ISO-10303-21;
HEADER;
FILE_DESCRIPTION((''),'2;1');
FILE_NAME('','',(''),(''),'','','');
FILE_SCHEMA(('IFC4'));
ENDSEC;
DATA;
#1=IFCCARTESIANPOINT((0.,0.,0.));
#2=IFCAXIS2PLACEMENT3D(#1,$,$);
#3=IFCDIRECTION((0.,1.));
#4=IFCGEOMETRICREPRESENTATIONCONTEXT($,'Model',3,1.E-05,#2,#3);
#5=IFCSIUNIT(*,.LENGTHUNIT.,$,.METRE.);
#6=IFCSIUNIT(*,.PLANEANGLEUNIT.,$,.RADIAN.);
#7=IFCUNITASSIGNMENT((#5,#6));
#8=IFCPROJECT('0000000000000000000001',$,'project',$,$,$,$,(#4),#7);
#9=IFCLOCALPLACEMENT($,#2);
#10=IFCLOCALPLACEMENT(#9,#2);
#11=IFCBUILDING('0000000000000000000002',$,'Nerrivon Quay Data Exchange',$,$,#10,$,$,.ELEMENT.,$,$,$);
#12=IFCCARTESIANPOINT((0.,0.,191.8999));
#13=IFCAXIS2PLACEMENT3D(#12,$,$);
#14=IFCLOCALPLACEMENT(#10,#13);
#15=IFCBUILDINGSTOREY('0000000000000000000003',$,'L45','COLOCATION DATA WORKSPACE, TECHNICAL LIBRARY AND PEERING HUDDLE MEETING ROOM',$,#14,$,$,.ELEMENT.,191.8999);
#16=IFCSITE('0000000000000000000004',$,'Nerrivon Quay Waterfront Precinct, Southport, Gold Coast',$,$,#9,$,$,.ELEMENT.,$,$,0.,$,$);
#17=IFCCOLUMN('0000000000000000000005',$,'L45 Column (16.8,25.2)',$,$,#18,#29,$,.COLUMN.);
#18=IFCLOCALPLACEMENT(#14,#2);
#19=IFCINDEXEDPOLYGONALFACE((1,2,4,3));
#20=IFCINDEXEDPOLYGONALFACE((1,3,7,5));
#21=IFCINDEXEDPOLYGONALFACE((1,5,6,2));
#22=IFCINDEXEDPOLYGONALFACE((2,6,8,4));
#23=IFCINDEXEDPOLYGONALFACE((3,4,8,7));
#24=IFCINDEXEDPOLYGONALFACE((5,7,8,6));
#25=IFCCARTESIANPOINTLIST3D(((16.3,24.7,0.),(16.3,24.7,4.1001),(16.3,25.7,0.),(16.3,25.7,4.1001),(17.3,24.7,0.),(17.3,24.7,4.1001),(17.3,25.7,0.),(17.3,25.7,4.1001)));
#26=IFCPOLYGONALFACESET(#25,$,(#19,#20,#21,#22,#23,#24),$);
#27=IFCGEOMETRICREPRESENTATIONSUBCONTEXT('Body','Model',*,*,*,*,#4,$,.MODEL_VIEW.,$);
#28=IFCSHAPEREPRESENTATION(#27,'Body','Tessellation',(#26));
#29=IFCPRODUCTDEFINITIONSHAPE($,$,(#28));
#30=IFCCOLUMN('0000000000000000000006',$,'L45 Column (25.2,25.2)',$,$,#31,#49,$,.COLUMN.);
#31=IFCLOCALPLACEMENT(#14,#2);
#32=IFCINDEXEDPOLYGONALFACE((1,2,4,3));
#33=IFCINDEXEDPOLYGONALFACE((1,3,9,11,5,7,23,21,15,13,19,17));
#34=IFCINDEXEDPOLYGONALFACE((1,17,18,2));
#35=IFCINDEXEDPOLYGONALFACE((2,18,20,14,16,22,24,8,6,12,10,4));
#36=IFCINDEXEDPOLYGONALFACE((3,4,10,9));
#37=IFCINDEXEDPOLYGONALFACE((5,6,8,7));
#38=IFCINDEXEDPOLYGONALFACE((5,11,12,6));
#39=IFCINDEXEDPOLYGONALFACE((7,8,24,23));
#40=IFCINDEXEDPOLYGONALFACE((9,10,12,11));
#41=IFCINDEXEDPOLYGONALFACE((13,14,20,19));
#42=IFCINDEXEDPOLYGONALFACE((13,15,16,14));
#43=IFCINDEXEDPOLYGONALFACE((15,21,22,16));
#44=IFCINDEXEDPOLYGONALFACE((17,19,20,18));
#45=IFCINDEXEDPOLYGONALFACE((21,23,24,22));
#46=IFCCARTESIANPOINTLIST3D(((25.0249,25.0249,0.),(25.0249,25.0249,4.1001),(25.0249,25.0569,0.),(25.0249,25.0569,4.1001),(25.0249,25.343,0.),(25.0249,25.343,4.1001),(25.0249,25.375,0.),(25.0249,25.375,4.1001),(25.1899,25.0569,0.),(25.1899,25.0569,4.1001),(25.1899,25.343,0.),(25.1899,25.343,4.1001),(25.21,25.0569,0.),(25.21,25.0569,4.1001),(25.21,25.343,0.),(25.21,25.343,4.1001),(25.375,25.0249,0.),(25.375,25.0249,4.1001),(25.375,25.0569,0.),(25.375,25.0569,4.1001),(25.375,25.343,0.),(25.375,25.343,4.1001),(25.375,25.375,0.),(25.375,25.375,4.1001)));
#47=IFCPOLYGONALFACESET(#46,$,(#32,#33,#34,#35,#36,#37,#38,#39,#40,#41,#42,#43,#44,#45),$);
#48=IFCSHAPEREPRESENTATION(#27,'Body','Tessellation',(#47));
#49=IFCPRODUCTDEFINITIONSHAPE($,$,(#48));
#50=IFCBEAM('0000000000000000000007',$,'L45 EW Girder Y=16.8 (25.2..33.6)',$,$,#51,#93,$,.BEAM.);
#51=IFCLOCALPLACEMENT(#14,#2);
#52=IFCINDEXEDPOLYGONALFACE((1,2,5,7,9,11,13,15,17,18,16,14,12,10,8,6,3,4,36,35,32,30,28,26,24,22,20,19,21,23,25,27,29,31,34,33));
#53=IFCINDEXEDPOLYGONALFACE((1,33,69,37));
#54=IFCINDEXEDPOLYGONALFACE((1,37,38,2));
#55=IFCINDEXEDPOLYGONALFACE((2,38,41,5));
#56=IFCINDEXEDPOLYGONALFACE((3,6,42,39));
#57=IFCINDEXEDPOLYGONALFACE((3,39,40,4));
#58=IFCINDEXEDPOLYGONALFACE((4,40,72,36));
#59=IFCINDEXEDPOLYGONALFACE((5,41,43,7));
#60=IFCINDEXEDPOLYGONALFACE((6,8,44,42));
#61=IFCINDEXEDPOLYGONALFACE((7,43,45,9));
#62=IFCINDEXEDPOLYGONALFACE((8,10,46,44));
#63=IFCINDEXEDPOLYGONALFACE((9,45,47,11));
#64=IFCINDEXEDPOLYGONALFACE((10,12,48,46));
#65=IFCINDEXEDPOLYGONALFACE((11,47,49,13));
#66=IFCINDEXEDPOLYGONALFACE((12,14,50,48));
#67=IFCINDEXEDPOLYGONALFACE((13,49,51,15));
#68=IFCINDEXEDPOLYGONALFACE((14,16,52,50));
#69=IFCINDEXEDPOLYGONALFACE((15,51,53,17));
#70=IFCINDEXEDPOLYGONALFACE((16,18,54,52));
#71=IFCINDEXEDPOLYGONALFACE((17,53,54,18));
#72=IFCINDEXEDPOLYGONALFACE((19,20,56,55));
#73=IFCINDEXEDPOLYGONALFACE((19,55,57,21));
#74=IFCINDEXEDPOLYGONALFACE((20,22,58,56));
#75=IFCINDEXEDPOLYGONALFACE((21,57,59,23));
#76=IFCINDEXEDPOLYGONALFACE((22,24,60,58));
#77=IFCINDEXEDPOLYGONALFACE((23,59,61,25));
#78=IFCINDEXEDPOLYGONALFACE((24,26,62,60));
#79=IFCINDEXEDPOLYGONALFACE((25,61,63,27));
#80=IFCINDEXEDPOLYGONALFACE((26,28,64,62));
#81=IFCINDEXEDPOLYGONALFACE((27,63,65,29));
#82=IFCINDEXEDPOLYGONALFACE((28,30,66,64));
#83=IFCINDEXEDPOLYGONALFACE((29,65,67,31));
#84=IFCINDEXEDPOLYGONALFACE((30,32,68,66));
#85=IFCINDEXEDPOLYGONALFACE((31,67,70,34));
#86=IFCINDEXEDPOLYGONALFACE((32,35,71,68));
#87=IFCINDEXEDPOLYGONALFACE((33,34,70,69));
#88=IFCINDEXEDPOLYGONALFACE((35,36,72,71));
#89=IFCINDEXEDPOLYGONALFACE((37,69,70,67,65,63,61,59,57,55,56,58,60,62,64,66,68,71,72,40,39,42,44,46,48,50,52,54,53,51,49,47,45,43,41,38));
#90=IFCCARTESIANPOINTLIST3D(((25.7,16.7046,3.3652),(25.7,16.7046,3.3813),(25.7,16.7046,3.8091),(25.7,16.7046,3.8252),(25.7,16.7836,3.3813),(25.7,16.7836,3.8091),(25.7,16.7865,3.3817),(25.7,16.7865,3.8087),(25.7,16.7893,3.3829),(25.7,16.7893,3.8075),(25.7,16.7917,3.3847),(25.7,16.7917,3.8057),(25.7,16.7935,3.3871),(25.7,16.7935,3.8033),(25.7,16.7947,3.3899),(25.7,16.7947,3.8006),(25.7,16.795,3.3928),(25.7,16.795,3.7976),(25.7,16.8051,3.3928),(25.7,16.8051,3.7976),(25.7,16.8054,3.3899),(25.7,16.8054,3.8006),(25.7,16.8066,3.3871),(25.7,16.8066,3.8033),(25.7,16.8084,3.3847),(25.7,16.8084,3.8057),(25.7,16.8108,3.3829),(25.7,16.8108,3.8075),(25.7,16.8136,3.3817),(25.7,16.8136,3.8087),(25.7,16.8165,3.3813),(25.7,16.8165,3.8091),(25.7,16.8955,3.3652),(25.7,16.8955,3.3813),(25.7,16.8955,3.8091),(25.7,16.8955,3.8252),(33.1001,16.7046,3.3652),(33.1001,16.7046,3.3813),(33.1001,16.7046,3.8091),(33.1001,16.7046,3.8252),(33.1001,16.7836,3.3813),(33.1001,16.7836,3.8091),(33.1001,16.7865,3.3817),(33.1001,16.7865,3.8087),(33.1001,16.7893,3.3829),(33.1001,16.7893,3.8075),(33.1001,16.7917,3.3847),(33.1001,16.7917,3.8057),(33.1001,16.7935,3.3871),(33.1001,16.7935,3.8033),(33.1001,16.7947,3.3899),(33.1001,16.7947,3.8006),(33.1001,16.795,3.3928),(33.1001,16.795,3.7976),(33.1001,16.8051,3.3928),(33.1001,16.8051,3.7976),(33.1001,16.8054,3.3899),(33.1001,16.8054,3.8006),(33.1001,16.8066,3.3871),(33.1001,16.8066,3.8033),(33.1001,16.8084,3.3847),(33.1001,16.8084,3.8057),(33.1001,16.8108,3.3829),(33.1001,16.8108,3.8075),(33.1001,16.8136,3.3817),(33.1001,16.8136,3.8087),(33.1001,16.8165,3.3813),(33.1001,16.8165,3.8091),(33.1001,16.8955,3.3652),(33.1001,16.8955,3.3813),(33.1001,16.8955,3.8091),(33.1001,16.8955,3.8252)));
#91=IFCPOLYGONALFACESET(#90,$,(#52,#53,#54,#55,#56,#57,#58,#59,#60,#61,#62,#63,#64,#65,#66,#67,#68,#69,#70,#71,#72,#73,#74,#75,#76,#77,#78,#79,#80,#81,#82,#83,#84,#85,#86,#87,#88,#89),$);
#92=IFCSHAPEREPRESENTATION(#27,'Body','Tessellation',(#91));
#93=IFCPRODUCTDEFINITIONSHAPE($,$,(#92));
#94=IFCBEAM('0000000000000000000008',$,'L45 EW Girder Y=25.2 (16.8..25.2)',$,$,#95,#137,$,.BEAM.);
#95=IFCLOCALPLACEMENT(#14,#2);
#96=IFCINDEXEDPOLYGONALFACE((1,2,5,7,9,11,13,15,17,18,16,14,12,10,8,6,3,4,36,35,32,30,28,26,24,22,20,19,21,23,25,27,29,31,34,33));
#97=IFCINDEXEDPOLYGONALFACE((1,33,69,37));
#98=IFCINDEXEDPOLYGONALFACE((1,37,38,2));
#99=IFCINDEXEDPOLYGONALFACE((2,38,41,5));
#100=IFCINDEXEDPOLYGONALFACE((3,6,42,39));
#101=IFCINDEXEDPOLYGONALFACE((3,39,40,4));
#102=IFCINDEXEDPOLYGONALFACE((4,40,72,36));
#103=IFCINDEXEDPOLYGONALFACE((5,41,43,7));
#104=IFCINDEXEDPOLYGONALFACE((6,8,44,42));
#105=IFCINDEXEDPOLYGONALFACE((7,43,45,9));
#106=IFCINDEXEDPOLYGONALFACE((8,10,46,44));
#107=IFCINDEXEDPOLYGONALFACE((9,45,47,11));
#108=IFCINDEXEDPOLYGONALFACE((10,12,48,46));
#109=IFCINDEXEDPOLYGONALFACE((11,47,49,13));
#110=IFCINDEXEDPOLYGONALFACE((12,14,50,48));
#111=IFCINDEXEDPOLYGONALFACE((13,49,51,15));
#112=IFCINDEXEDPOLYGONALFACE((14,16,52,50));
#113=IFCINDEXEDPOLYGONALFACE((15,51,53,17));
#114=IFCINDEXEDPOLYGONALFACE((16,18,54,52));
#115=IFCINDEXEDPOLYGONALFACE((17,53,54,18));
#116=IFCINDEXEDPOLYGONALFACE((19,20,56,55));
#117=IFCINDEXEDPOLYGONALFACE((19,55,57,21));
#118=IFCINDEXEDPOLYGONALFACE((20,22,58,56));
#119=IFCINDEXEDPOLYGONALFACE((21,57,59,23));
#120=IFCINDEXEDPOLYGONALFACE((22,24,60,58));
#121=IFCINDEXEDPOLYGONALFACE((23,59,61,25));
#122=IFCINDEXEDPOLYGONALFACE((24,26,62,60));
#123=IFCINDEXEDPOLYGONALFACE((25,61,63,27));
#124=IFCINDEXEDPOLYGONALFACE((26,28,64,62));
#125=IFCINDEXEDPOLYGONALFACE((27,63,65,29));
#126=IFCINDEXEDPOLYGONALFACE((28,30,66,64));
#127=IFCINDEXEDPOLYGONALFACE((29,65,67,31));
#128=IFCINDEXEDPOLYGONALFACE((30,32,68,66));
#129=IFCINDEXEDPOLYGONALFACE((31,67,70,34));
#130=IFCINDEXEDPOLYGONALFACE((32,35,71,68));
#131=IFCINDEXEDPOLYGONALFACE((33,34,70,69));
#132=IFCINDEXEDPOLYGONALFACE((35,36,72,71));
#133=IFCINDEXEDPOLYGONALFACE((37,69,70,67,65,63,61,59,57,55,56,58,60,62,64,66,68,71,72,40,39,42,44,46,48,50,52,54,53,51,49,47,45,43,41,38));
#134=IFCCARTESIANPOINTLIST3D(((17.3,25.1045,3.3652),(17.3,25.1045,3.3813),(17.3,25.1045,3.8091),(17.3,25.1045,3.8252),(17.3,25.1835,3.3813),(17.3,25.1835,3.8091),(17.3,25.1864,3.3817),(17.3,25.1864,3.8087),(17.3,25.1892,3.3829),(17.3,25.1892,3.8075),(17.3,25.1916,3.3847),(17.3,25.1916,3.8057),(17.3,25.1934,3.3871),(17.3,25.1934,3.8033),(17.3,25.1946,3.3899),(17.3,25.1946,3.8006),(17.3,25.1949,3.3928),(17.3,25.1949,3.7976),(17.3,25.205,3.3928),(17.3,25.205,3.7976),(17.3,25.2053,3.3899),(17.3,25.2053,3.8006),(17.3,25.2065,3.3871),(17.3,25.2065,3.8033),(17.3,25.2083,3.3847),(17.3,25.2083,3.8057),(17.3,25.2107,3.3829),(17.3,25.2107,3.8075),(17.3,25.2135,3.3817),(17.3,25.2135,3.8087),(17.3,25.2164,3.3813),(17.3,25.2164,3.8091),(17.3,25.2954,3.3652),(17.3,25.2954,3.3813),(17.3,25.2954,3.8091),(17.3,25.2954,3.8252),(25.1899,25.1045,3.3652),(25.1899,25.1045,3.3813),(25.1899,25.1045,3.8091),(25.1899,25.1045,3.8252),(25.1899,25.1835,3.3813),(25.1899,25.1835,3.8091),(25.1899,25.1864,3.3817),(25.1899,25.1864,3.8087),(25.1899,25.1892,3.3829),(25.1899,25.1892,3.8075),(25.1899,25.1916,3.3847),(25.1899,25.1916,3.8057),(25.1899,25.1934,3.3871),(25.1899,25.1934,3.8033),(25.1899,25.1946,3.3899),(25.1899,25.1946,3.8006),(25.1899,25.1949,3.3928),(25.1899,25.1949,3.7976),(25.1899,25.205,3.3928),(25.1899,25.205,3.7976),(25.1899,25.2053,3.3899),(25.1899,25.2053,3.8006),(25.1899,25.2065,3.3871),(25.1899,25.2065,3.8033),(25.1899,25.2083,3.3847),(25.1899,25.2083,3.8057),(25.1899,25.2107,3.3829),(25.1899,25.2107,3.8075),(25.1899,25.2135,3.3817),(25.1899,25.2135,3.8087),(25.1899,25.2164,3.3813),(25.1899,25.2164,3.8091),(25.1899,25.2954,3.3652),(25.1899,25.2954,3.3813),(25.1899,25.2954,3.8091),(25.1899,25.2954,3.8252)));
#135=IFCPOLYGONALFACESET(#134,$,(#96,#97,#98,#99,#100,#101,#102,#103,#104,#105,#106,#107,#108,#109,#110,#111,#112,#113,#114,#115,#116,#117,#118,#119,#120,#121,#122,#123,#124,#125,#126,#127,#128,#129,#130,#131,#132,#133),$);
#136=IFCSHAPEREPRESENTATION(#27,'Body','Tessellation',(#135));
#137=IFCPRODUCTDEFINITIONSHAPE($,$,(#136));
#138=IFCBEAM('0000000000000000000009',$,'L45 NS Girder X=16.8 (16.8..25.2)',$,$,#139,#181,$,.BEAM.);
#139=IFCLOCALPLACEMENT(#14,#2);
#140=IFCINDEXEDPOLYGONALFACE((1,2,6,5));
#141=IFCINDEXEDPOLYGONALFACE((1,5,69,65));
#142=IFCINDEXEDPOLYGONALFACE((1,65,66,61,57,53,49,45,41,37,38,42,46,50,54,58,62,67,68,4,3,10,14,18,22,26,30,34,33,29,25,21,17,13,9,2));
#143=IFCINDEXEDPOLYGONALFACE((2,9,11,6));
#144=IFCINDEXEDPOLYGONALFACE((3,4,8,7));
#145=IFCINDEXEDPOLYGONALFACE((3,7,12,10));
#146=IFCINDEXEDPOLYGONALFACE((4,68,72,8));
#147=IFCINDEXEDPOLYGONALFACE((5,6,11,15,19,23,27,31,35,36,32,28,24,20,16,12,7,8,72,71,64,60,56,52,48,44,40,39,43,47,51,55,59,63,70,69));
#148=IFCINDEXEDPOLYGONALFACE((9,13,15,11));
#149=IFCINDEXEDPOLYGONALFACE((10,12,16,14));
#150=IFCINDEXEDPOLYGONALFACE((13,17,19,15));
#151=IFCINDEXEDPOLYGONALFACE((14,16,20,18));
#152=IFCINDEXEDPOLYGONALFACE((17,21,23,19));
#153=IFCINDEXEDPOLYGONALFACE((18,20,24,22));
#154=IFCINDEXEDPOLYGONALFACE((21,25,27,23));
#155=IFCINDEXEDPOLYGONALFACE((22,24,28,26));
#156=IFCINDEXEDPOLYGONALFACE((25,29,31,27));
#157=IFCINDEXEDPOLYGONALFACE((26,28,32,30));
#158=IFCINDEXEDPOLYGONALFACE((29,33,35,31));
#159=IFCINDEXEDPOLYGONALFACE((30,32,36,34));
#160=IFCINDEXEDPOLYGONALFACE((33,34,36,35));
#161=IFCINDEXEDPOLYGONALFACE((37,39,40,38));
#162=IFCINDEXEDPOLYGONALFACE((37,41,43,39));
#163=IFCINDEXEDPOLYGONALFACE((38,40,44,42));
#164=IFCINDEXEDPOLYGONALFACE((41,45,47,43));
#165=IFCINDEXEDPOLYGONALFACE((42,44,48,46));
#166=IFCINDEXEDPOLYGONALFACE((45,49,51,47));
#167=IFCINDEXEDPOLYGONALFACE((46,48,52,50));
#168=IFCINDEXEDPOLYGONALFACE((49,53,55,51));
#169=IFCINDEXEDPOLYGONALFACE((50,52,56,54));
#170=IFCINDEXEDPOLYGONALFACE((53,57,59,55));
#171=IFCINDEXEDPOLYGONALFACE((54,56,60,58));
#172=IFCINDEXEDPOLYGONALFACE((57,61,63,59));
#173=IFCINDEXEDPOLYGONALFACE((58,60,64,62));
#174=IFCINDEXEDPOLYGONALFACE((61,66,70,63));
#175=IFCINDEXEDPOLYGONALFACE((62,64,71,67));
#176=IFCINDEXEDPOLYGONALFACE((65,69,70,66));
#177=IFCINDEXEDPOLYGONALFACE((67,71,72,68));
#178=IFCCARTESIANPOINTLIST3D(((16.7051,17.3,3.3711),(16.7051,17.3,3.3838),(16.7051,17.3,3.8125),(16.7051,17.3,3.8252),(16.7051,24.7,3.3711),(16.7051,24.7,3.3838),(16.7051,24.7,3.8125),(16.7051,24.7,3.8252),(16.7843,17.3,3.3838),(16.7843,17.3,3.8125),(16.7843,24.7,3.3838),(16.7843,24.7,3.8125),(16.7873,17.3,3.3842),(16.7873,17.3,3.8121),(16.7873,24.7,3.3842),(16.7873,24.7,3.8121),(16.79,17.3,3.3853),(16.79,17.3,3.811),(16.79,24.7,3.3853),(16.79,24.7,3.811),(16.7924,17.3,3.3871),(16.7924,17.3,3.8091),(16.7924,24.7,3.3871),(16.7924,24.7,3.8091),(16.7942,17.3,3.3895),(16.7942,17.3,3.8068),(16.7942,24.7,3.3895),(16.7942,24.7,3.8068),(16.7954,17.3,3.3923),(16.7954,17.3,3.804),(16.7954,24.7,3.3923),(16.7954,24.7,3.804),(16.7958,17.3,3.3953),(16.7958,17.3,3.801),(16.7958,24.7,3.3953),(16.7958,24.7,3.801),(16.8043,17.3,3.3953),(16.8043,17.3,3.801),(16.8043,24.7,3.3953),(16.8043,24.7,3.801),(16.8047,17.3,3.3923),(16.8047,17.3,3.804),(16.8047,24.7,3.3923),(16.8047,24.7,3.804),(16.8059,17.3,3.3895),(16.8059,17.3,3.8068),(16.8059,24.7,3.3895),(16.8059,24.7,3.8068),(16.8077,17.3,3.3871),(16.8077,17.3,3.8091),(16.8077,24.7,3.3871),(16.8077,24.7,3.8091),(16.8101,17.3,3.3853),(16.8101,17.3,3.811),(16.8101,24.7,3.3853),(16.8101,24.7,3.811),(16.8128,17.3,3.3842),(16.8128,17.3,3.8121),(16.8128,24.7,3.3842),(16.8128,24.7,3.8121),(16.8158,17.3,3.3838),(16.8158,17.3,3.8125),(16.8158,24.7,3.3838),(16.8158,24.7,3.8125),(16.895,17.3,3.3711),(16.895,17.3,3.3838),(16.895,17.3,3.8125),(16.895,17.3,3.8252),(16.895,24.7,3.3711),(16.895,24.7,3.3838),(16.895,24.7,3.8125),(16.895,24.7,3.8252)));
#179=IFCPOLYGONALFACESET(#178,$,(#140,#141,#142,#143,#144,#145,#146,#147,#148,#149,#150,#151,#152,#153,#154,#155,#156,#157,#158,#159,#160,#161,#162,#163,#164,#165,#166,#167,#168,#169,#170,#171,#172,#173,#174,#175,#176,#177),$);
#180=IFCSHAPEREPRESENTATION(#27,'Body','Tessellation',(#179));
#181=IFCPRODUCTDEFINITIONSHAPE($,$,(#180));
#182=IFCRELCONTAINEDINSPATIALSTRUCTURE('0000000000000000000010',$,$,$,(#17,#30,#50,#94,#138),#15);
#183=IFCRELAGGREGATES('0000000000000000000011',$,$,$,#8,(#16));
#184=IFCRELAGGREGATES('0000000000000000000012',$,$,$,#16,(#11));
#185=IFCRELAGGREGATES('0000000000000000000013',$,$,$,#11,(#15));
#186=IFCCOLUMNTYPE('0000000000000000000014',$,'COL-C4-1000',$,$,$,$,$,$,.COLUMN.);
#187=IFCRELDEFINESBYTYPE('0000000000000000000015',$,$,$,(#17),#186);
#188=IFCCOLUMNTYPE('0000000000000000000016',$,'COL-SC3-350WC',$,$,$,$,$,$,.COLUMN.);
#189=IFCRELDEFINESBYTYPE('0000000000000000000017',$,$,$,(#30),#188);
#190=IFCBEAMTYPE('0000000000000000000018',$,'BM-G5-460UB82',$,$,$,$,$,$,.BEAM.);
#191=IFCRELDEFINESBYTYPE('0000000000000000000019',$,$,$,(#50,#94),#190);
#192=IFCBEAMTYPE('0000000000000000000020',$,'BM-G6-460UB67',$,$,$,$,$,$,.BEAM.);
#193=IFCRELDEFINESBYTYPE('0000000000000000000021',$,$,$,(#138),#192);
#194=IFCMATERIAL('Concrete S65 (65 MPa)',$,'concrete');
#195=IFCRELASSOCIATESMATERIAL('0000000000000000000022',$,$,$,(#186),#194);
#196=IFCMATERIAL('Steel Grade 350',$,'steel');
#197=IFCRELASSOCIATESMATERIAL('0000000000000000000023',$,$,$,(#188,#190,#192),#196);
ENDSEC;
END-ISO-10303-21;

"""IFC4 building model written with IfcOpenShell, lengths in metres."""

from ifc_helpers import new_model, si_unit, direction, frame, origin, origin_2d, place, context, subcontext, project, spatial, rectangle, i_section, extrude, material, material_profile, profile_set, type_object, element, save


model = new_model("IFC4")

# Units and contexts
model_context = context("Model", 3, precision=1e-05, world=origin(), true_north=direction((0.0, 1.0)))
body_context = subcontext(model_context, "Body", "Model", "MODEL_VIEW")
ifc_project = project(units=[si_unit("LENGTHUNIT", "METRE"), si_unit("PLANEANGLEUNIT", "RADIAN")], contexts=[model_context])

# Site, building, storey
site_placement = place(None, origin())
site = spatial("IfcSite", under=ifc_project, at=site_placement, Name="Nerrivon Quay Waterfront Precinct, Southport, Gold Coast", CompositionType="ELEMENT", RefElevation=0.0)
building_placement = place(site_placement, origin())
building = spatial("IfcBuilding", under=site, at=building_placement, Name="Nerrivon Quay Data Exchange", CompositionType="ELEMENT")
storey_placement = place(building_placement, frame((0.0, 0.0, 191.8999)))
storey = spatial("IfcBuildingStorey", under=building, at=storey_placement, Name="L45", Description="COLOCATION DATA WORKSPACE, TECHNICAL LIBRARY AND PEERING HUDDLE MEETING ROOM", CompositionType="ELEMENT", Elevation=191.8999)

# Columns
ifc_material_1 = material(Name="Concrete S65 (65 MPa)", Category="concrete")
ifc_material_profile_1 = material_profile(ifc_material_1, rectangle(XDim=1.0, YDim=1.0, at=origin_2d()), Name="RC-COL-1000x1000")
ifc_profile_set_1 = profile_set([ifc_material_profile_1], Name="Concrete S65 (65 MPa)")
column_type_1 = type_object("IfcColumnType", Name="COL-C4-1000", PredefinedType="COLUMN", material=ifc_profile_set_1)
column_1_placement = place(storey_placement, frame((16.8, 25.2, 0.0), z_axis=(0.0, 0.0, 1.0), x_axis=(1.0, 0.0, 0.0)))
element("IfcColumn", 1, at=column_1_placement, inside=storey, type_object=column_type_1, Name="L45 Column (16.8,25.2)", PredefinedType="COLUMN", context=body_context, shape_type="SweptSolid", body=[
    extrude(rectangle(XDim=1.0, YDim=1.0, at=origin_2d()), origin(), (0.0, 0.0, 1.0), 4.1001),
])
ifc_material_2 = material(Name="Steel Grade 350", Category="steel")
ifc_material_profile_2 = material_profile(ifc_material_2, i_section(OverallWidth=0.3501, OverallDepth=0.3501, WebThickness=0.02, FlangeThickness=0.032, at=origin_2d()), Name="350WC230")
ifc_profile_set_2 = profile_set([ifc_material_profile_2], Name="Steel Grade 350")
column_type_2 = type_object("IfcColumnType", Name="COL-SC3-350WC", PredefinedType="COLUMN", material=ifc_profile_set_2)
column_2_placement = place(storey_placement, frame((25.2, 25.2, 0.0), z_axis=(0.0, 0.0, 1.0), x_axis=(1.0, 0.0, 0.0)))
element("IfcColumn", 2, at=column_2_placement, inside=storey, type_object=column_type_2, Name="L45 Column (25.2,25.2)", PredefinedType="COLUMN", context=body_context, shape_type="SweptSolid", body=[
    extrude(i_section(OverallWidth=0.3501, OverallDepth=0.3501, WebThickness=0.02, FlangeThickness=0.032, at=origin_2d()), origin(), (0.0, 0.0, 1.0), 4.1001),
])

# Beams
ifc_material_profile_3 = material_profile(ifc_material_2, i_section(OverallWidth=0.1909, OverallDepth=0.46, WebThickness=0.01, FlangeThickness=0.0161, FilletRadius=0.0115, at=origin_2d()), Name="460UB82.1")
ifc_profile_set_3 = profile_set([ifc_material_profile_3], Name="Steel Grade 350")
beam_type_1 = type_object("IfcBeamType", Name="BM-G5-460UB82", PredefinedType="BEAM", material=ifc_profile_set_3)
beam_1_placement = place(storey_placement, frame((25.7, 16.8, 3.5952), z_axis=(1.0, 0.0, 0.0), x_axis=(0.0, 1.0, 0.0)))
element("IfcBeam", 3, at=beam_1_placement, inside=storey, type_object=beam_type_1, Name="L45 EW Girder Y=16.8 (25.2..33.6)", PredefinedType="BEAM", context=body_context, shape_type="SweptSolid", body=[
    extrude(i_section(OverallWidth=0.1909, OverallDepth=0.46, WebThickness=0.01, FlangeThickness=0.0161, FilletRadius=0.0115, at=origin_2d()), origin(), (0.0, 0.0, 1.0), 7.4001),
])
beam_2_placement = place(storey_placement, frame((17.3, 25.2, 3.5952), z_axis=(1.0, 0.0, 0.0), x_axis=(0.0, 1.0, 0.0)))
element("IfcBeam", 4, at=beam_2_placement, inside=storey, type_object=beam_type_1, Name="L45 EW Girder Y=25.2 (16.8..25.2)", PredefinedType="BEAM", context=body_context, shape_type="SweptSolid", body=[
    extrude(i_section(OverallWidth=0.1909, OverallDepth=0.46, WebThickness=0.01, FlangeThickness=0.0161, FilletRadius=0.0115, at=origin_2d()), origin(), (0.0, 0.0, 1.0), 7.8899),
])
ifc_material_profile_4 = material_profile(ifc_material_2, i_section(OverallWidth=0.1899, OverallDepth=0.4541, WebThickness=0.0085, FlangeThickness=0.0127, FilletRadius=0.0115, at=origin_2d()), Name="460UB67.1")
ifc_profile_set_4 = profile_set([ifc_material_profile_4], Name="Steel Grade 350")
beam_type_2 = type_object("IfcBeamType", Name="BM-G6-460UB67", PredefinedType="BEAM", material=ifc_profile_set_4)
beam_3_placement = place(storey_placement, frame((16.8, 17.3, 3.5981), z_axis=(0.0, 1.0, 0.0), x_axis=(-1.0, 0.0, 0.0)))
element("IfcBeam", 5, at=beam_3_placement, inside=storey, type_object=beam_type_2, Name="L45 NS Girder X=16.8 (16.8..25.2)", PredefinedType="BEAM", context=body_context, shape_type="SweptSolid", body=[
    extrude(i_section(OverallWidth=0.1899, OverallDepth=0.4541, WebThickness=0.0085, FlangeThickness=0.0127, FilletRadius=0.0115, at=origin_2d()), origin(), (0.0, 0.0, 1.0), 7.3999),
])

save(model, "model.ifc")
